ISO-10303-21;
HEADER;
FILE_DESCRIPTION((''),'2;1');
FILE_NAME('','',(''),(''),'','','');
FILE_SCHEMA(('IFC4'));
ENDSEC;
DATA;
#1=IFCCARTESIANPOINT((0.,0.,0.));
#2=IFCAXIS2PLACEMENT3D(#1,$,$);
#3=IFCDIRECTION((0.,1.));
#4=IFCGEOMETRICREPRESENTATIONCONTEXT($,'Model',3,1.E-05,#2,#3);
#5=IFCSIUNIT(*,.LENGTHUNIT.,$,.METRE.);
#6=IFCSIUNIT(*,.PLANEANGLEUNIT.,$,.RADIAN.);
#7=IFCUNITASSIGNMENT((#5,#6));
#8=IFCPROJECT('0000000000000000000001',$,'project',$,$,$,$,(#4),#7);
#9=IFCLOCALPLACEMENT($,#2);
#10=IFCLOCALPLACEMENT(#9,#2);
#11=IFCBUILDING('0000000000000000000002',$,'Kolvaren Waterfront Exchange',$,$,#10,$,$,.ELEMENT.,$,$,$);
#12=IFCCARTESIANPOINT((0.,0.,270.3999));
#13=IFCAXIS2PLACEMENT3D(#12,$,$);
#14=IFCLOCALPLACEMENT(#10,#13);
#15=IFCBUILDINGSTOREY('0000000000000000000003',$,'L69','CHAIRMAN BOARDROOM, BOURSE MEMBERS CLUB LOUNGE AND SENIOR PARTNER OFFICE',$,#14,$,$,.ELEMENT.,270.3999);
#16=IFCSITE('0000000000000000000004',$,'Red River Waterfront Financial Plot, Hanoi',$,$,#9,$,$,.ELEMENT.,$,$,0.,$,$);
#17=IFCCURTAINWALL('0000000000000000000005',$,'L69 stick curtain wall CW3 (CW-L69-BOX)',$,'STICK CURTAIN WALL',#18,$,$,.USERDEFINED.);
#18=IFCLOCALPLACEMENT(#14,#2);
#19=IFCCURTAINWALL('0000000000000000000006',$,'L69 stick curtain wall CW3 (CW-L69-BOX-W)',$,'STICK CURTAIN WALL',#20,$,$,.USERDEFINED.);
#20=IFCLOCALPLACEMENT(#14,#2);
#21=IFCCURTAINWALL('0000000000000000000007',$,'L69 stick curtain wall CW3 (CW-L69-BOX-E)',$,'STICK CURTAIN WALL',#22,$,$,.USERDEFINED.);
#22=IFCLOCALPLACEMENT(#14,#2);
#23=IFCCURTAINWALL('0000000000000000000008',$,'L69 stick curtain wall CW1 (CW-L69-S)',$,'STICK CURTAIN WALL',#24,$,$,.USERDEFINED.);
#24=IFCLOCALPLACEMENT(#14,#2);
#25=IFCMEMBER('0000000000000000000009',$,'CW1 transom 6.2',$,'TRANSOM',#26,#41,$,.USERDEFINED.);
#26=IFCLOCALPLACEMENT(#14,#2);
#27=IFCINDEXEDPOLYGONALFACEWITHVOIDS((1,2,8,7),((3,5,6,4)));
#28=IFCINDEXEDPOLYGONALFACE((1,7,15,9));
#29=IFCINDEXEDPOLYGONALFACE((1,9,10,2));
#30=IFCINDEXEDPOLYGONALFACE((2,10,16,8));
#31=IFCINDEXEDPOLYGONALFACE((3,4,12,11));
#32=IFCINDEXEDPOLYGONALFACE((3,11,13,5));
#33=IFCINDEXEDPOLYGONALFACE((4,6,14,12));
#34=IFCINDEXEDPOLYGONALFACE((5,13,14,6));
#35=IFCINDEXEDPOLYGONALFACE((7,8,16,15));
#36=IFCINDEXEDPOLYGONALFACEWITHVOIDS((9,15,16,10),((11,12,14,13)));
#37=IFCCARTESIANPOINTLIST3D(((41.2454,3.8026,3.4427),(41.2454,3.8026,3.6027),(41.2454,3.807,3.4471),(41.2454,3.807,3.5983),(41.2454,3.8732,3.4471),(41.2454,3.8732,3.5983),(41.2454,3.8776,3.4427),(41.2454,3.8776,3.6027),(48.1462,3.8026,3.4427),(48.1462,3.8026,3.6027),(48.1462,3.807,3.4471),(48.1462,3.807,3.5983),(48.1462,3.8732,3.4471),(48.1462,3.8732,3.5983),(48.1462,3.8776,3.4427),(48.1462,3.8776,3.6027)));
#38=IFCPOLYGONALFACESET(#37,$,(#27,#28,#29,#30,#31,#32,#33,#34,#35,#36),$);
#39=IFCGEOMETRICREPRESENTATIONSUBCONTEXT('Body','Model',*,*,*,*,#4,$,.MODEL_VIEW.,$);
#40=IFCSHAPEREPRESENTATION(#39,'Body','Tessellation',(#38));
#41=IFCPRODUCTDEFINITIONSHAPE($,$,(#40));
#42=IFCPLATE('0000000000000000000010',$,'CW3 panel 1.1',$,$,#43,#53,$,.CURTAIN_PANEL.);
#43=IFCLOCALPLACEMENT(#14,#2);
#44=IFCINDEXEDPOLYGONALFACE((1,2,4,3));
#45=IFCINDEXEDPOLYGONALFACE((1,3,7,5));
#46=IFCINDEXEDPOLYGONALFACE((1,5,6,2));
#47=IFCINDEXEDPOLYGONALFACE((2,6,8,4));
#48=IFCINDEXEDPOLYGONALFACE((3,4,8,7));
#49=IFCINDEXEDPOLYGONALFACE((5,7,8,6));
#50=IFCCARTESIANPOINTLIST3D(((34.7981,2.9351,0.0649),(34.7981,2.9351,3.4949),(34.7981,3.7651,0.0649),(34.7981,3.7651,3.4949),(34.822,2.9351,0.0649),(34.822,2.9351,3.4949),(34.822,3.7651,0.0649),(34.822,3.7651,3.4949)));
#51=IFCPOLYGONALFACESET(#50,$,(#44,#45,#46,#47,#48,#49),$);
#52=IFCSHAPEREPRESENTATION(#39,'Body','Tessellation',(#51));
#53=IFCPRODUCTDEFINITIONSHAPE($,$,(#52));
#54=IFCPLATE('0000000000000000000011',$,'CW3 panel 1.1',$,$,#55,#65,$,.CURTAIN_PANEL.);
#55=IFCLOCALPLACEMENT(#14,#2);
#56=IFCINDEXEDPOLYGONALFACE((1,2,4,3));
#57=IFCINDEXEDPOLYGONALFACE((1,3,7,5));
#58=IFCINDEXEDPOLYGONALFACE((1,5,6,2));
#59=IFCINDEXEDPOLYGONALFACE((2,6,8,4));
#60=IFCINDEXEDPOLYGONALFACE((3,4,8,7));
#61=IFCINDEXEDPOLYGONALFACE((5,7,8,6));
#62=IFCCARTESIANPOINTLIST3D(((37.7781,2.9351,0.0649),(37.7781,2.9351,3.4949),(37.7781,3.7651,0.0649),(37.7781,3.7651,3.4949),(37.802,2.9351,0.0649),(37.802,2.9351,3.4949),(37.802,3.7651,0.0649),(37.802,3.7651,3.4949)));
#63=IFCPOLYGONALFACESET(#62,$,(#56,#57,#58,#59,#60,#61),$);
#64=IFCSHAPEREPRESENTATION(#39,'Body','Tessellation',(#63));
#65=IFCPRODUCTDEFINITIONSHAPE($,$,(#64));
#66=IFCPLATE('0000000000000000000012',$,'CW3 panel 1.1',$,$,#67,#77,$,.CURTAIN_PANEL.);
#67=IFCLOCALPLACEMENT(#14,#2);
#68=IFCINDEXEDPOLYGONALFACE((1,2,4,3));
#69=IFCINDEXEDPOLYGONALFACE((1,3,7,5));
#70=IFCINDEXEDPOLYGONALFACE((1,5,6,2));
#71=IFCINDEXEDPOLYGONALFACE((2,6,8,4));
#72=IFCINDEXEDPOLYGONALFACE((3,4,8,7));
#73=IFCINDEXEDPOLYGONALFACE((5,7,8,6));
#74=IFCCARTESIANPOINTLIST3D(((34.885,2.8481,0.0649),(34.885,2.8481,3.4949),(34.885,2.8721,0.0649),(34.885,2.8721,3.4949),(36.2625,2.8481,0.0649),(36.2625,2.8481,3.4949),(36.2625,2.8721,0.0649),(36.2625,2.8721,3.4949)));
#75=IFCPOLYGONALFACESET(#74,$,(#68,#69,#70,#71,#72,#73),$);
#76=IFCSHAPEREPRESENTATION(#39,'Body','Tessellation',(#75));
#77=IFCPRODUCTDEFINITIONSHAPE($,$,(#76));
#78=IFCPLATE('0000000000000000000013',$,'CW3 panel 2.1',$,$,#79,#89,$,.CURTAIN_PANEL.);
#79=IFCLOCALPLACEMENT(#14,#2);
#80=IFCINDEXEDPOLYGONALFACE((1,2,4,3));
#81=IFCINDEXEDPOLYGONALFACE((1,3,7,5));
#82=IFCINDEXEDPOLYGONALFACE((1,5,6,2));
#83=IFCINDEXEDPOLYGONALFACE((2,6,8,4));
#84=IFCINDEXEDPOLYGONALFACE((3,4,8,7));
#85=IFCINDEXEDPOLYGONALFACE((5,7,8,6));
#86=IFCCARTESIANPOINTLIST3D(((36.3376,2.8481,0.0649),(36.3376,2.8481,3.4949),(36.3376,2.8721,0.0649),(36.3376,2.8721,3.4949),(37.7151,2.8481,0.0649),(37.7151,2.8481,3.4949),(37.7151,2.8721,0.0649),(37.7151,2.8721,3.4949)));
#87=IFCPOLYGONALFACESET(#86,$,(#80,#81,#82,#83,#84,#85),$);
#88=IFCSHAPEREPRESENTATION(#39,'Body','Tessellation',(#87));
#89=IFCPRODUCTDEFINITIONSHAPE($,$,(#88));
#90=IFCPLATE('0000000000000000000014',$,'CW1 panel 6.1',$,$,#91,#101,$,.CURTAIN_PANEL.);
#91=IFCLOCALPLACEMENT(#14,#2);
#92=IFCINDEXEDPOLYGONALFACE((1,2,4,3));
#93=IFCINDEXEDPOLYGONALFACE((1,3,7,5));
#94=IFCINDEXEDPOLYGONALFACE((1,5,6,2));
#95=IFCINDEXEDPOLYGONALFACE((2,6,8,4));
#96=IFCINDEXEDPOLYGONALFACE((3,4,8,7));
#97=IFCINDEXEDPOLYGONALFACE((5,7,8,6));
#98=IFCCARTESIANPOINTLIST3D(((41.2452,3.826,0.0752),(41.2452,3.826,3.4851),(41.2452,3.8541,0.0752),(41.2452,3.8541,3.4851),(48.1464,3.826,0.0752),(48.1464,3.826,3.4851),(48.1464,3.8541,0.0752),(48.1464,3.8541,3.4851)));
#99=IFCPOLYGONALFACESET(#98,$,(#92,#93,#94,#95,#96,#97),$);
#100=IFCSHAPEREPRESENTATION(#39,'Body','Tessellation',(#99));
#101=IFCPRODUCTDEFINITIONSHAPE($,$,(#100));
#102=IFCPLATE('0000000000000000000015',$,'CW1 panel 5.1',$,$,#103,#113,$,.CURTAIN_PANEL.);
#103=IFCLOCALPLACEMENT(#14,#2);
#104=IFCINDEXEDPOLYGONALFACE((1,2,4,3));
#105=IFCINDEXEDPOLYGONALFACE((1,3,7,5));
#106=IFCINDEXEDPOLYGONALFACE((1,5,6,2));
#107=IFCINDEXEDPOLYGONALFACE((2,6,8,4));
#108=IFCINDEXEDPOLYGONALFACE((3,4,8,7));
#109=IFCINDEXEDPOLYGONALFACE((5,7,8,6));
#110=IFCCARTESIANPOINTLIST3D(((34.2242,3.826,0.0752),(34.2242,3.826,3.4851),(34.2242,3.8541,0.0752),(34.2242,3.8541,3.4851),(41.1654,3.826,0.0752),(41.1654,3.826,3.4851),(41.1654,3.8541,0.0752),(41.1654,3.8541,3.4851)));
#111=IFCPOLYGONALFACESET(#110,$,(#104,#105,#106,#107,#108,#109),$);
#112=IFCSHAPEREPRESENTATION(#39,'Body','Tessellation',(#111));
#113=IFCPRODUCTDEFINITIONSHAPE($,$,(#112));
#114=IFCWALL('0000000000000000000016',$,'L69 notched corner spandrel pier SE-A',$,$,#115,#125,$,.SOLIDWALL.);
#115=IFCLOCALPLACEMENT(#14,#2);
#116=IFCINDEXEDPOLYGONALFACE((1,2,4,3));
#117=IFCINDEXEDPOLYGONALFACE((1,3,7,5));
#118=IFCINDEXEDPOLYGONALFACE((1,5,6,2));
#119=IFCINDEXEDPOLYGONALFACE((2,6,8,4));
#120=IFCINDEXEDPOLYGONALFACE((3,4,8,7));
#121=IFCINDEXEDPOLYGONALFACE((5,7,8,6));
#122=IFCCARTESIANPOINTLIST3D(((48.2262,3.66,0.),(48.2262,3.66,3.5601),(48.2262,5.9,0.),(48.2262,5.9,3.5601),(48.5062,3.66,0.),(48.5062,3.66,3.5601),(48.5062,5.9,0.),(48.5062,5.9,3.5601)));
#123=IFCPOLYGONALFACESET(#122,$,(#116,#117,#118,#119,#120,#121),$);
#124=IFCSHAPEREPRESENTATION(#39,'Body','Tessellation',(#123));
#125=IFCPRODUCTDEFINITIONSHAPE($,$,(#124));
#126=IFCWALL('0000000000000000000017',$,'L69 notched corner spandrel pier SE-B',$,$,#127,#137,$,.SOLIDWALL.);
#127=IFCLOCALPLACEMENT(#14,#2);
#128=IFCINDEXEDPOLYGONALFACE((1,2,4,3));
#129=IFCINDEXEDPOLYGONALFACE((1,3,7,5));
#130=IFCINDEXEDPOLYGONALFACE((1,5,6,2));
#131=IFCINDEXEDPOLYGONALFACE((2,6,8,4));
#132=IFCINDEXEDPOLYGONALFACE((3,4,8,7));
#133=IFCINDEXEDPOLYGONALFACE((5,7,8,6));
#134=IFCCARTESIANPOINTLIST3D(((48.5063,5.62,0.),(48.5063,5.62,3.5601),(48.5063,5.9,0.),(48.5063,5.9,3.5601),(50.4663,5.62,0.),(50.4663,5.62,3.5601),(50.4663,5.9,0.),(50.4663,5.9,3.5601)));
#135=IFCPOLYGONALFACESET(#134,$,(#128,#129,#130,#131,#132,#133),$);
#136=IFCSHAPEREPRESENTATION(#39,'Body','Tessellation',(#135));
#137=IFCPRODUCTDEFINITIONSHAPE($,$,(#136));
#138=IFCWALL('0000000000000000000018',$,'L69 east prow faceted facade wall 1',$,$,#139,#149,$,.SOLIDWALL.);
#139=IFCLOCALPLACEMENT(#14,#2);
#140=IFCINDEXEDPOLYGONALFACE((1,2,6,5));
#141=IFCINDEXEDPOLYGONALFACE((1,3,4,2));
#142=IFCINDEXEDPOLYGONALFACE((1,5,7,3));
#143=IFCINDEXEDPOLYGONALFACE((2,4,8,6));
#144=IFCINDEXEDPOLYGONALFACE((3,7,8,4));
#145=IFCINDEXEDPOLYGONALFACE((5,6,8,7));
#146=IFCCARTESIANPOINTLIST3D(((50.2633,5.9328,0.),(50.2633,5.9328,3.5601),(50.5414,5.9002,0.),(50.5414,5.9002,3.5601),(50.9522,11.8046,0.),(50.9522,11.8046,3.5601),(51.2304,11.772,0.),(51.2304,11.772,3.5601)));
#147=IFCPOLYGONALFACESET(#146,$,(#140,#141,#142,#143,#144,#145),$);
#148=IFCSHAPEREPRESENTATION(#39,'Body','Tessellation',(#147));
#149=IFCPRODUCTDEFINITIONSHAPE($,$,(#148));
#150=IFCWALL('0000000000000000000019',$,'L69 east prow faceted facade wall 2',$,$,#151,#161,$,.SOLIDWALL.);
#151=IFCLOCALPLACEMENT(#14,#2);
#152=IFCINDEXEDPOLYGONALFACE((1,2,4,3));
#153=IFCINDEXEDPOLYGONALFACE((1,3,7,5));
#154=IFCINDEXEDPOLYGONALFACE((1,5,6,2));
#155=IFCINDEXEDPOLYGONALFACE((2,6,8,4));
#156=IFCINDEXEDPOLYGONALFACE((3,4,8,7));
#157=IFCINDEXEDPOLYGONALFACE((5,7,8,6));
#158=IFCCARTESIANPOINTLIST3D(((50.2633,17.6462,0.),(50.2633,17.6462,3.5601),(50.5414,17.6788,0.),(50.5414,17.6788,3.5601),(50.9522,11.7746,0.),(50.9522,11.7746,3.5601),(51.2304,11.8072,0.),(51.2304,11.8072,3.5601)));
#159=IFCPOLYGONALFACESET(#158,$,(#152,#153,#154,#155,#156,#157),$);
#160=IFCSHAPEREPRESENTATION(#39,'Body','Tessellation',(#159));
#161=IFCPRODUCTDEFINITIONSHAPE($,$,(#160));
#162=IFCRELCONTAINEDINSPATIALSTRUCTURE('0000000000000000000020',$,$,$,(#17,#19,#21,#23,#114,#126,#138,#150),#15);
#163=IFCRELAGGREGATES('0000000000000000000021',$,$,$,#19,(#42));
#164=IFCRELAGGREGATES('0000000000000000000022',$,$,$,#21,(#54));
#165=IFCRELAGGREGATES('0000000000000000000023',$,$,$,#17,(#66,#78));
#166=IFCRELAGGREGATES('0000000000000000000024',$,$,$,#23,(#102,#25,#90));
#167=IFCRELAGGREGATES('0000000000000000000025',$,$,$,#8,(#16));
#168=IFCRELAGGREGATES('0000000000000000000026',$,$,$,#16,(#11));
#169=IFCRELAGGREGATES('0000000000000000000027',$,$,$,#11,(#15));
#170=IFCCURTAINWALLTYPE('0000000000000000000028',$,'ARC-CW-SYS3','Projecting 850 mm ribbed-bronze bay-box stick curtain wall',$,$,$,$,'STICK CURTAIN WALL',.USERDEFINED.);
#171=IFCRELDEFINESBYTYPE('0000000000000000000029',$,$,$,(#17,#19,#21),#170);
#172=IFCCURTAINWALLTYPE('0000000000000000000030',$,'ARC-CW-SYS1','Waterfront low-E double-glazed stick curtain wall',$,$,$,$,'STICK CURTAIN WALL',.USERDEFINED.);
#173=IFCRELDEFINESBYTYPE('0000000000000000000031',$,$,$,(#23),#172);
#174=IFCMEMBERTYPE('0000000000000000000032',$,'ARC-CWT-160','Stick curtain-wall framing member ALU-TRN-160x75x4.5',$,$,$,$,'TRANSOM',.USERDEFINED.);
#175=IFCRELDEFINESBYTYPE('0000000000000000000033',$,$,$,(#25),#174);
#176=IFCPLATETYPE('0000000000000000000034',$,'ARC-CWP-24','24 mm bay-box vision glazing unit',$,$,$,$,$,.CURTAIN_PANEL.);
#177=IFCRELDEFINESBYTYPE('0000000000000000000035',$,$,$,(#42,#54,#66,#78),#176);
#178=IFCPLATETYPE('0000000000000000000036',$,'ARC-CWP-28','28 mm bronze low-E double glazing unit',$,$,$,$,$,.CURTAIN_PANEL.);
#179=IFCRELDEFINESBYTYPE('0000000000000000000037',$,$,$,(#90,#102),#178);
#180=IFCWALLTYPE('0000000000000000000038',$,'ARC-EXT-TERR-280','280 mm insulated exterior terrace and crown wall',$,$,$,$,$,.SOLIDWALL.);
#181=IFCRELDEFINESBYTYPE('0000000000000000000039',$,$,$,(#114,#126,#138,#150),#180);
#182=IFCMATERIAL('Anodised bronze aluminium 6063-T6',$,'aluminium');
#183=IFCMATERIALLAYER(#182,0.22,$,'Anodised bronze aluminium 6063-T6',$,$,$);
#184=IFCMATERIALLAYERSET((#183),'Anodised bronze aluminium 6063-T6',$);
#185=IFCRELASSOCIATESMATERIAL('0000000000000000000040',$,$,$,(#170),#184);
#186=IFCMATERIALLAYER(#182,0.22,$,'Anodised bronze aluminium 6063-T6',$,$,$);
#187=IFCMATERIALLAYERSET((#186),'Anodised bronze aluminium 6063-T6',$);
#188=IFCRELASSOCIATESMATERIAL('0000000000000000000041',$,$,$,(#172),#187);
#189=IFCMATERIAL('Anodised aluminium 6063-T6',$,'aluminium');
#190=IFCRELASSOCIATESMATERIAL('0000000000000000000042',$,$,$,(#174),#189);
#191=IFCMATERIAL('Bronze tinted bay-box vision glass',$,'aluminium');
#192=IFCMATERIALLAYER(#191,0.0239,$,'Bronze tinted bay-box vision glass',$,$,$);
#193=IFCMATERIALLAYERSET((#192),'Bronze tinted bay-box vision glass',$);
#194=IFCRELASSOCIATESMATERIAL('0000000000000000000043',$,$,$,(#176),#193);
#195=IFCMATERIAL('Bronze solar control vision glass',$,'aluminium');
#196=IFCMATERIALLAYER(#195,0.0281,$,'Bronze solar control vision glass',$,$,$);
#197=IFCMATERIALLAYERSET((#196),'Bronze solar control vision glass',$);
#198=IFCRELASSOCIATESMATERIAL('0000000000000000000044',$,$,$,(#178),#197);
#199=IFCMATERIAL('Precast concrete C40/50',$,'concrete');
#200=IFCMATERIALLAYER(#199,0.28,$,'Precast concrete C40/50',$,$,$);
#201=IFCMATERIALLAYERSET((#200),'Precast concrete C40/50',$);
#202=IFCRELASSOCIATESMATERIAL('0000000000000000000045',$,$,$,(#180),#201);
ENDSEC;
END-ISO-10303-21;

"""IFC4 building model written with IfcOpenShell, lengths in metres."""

from ifc_helpers import new_model, si_unit, direction, frame, frame_2d, origin, origin_with_axes, origin_2d, place, context, subcontext, project, spatial, rectangle, hollow_rectangle, extrude, source, transform, mapped, material, layer, layer_set, material_profile, profile_set, type_object, element, aggregate, save


model = new_model("IFC4")

# Units and contexts
model_context = context("Model", 3, precision=1e-05, world=origin(), true_north=direction((0.0, 1.0)))
body_context = subcontext(model_context, "Body", "Model", "MODEL_VIEW")
ifc_project = project(units=[si_unit("LENGTHUNIT", "METRE"), si_unit("PLANEANGLEUNIT", "RADIAN")], contexts=[model_context])

# Site, building, storey
site_placement = place(None, origin())
site = spatial("IfcSite", under=ifc_project, at=site_placement, Name="Red River Waterfront Financial Plot, Hanoi", CompositionType="ELEMENT", RefElevation=0.0)
building_placement = place(site_placement, origin())
building = spatial("IfcBuilding", under=site, at=building_placement, Name="Kolvaren Waterfront Exchange", CompositionType="ELEMENT")
storey_placement = place(building_placement, frame((0.0, 0.0, 270.3999)))
storey = spatial("IfcBuildingStorey", under=building, at=storey_placement, Name="L69", Description="CHAIRMAN BOARDROOM, BOURSE MEMBERS CLUB LOUNGE AND SENIOR PARTNER OFFICE", CompositionType="ELEMENT", Elevation=270.3999)

# Curtain walls
ifc_material_1 = material(Name="Anodised bronze aluminium 6063-T6", Category="aluminium")
ifc_layer_1 = layer(ifc_material_1, 0.22, Name="Anodised bronze aluminium 6063-T6")
ifc_layer_set_1 = layer_set([ifc_layer_1], Name="Anodised bronze aluminium 6063-T6")
curtain_wall_type_1 = type_object("IfcCurtainWallType", Name="ARC-CW-SYS3", Description="Projecting 850 mm ribbed-bronze bay-box stick curtain wall", ElementType="STICK CURTAIN WALL", PredefinedType="USERDEFINED", material=ifc_layer_set_1)
curtain_wall_1_placement = place(storey_placement, origin())
curtain_wall_1 = element("IfcCurtainWall", 1, at=curtain_wall_1_placement, inside=storey, type_object=curtain_wall_type_1, Name="L69 stick curtain wall CW3 (CW-L69-BOX)", ObjectType="STICK CURTAIN WALL", PredefinedType="USERDEFINED")
curtain_wall_2_placement = place(storey_placement, origin())
curtain_wall_2 = element("IfcCurtainWall", 2, at=curtain_wall_2_placement, inside=storey, type_object=curtain_wall_type_1, Name="L69 stick curtain wall CW3 (CW-L69-BOX-W)", ObjectType="STICK CURTAIN WALL", PredefinedType="USERDEFINED")
curtain_wall_3_placement = place(storey_placement, origin())
curtain_wall_3 = element("IfcCurtainWall", 3, at=curtain_wall_3_placement, inside=storey, type_object=curtain_wall_type_1, Name="L69 stick curtain wall CW3 (CW-L69-BOX-E)", ObjectType="STICK CURTAIN WALL", PredefinedType="USERDEFINED")

# Curtain wall, member
ifc_layer_2 = layer(ifc_material_1, 0.22, Name="Anodised bronze aluminium 6063-T6")
ifc_layer_set_2 = layer_set([ifc_layer_2], Name="Anodised bronze aluminium 6063-T6")
curtain_wall_type_2 = type_object("IfcCurtainWallType", Name="ARC-CW-SYS1", Description="Waterfront low-E double-glazed stick curtain wall", ElementType="STICK CURTAIN WALL", PredefinedType="USERDEFINED", material=ifc_layer_set_2)
curtain_wall_4_placement = place(storey_placement, origin())
curtain_wall_4 = element("IfcCurtainWall", 4, at=curtain_wall_4_placement, inside=storey, type_object=curtain_wall_type_2, Name="L69 stick curtain wall CW1 (CW-L69-S)", ObjectType="STICK CURTAIN WALL", PredefinedType="USERDEFINED")
ifc_material_2 = material(Name="Anodised aluminium 6063-T6", Category="aluminium")
ifc_material_profile_1 = material_profile(ifc_material_2, hollow_rectangle(XDim=0.075, YDim=0.1599, WallThickness=0.0044, at=origin_2d()), Name="ALU-TRN-160x75x4.5")
ifc_profile_set_1 = profile_set([ifc_material_profile_1], Name="Anodised aluminium 6063-T6")
member_type_1 = type_object("IfcMemberType", Name="ARC-CWT-160", Description="Stick curtain-wall framing member ALU-TRN-160x75x4.5", ElementType="TRANSOM", PredefinedType="USERDEFINED", material=ifc_profile_set_1)
shared_shape_1 = source(origin_with_axes(), body_context, "Body", "SweptSolid", [
    extrude(hollow_rectangle(XDim=0.075, YDim=0.1599, WallThickness=0.0044, at=origin_2d()), origin(), (0.0, 0.0, 1.0), 6.9009),
])
member_1_placement = place(storey_placement, frame((41.2454, 3.8401, 3.5227), z_axis=(1.0, 0.0, 0.0), x_axis=(0.0, 1.0, 0.0)))
member_1 = element("IfcMember", 5, at=member_1_placement, type_object=member_type_1, Name="CW1 transom 6.2", ObjectType="TRANSOM", PredefinedType="USERDEFINED", context=body_context, shape_type="MappedRepresentation", body=[
    mapped(shared_shape_1, transform((0.0, 0.0, 0.0), x_axis=(1.0, 0.0, 0.0), y_axis=(0.0, 1.0, 0.0), z_axis=(0.0, 0.0, 1.0), scale=1.0)),
])

# Plates
ifc_material_3 = material(Name="Bronze tinted bay-box vision glass", Category="aluminium")
ifc_layer_3 = layer(ifc_material_3, 0.0239, Name="Bronze tinted bay-box vision glass")
ifc_layer_set_3 = layer_set([ifc_layer_3], Name="Bronze tinted bay-box vision glass")
plate_type_1 = type_object("IfcPlateType", Name="ARC-CWP-24", Description="24 mm bay-box vision glazing unit", PredefinedType="CURTAIN_PANEL", material=ifc_layer_set_3)
shared_shape_2 = source(origin_with_axes(), body_context, "Body", "SweptSolid", [
    extrude(rectangle(XDim=0.8301, YDim=0.0239, at=origin_2d()), origin(), (0.0, 0.0, 1.0), 3.4299),
])
plate_1_placement = place(storey_placement, frame((34.8101, 3.3501, 0.0649), z_axis=(0.0, 0.0, 1.0), x_axis=(0.0, -1.0, 0.0)))
plate_1 = element("IfcPlate", 6, at=plate_1_placement, type_object=plate_type_1, Name="CW3 panel 1.1", PredefinedType="CURTAIN_PANEL", context=body_context, shape_type="MappedRepresentation", body=[
    mapped(shared_shape_2, transform((0.0, 0.0, 0.0), x_axis=(1.0, 0.0, 0.0), y_axis=(0.0, 1.0, 0.0), z_axis=(0.0, 0.0, 1.0), scale=1.0)),
])
aggregate(curtain_wall_2, [plate_1])
plate_2_placement = place(storey_placement, frame((37.79, 3.3501, 0.0649), z_axis=(0.0, 0.0, 1.0), x_axis=(0.0, 1.0, 0.0)))
plate_2 = element("IfcPlate", 7, at=plate_2_placement, type_object=plate_type_1, Name="CW3 panel 1.1", PredefinedType="CURTAIN_PANEL", context=body_context, shape_type="MappedRepresentation", body=[
    mapped(shared_shape_2, transform((0.0, 0.0, 0.0), x_axis=(1.0, 0.0, 0.0), y_axis=(0.0, 1.0, 0.0), z_axis=(0.0, 0.0, 1.0), scale=1.0)),
])
aggregate(curtain_wall_3, [plate_2])
shared_shape_3 = source(origin_with_axes(), body_context, "Body", "SweptSolid", [
    extrude(rectangle(XDim=1.3774, YDim=0.0239, at=origin_2d()), origin(), (0.0, 0.0, 1.0), 3.4299),
])
plate_3_placement = place(storey_placement, frame((35.5737, 2.8601, 0.0649), z_axis=(0.0, 0.0, 1.0), x_axis=(1.0, 0.0, 0.0)))
plate_3 = element("IfcPlate", 8, at=plate_3_placement, type_object=plate_type_1, Name="CW3 panel 1.1", PredefinedType="CURTAIN_PANEL", context=body_context, shape_type="MappedRepresentation", body=[
    mapped(shared_shape_3, transform((0.0, 0.0, 0.0), x_axis=(1.0, 0.0, 0.0), y_axis=(0.0, 1.0, 0.0), z_axis=(0.0, 0.0, 1.0), scale=1.0)),
])
plate_4_placement = place(storey_placement, frame((37.0264, 2.8601, 0.0649), z_axis=(0.0, 0.0, 1.0), x_axis=(1.0, 0.0, 0.0)))
plate_4 = element("IfcPlate", 9, at=plate_4_placement, type_object=plate_type_1, Name="CW3 panel 2.1", PredefinedType="CURTAIN_PANEL", context=body_context, shape_type="MappedRepresentation", body=[
    mapped(shared_shape_3, transform((0.0, 0.0, 0.0), x_axis=(1.0, 0.0, 0.0), y_axis=(0.0, 1.0, 0.0), z_axis=(0.0, 0.0, 1.0), scale=1.0)),
])
aggregate(curtain_wall_1, [plate_3, plate_4])
ifc_material_4 = material(Name="Bronze solar control vision glass", Category="aluminium")
ifc_layer_4 = layer(ifc_material_4, 0.0281, Name="Bronze solar control vision glass")
ifc_layer_set_4 = layer_set([ifc_layer_4], Name="Bronze solar control vision glass")
plate_type_2 = type_object("IfcPlateType", Name="ARC-CWP-28", Description="28 mm bronze low-E double glazing unit", PredefinedType="CURTAIN_PANEL", material=ifc_layer_set_4)
shared_shape_4 = source(origin_with_axes(), body_context, "Body", "SweptSolid", [
    extrude(rectangle(XDim=6.9011, YDim=0.0281, at=origin_2d()), origin(), (0.0, 0.0, 1.0), 3.4099),
])
plate_5_placement = place(storey_placement, frame((44.6958, 3.8401, 0.0752), z_axis=(0.0, 0.0, 1.0), x_axis=(1.0, 0.0, 0.0)))
plate_5 = element("IfcPlate", 10, at=plate_5_placement, type_object=plate_type_2, Name="CW1 panel 6.1", PredefinedType="CURTAIN_PANEL", context=body_context, shape_type="MappedRepresentation", body=[
    mapped(shared_shape_4, transform((0.0, 0.0, 0.0), x_axis=(1.0, 0.0, 0.0), y_axis=(0.0, 1.0, 0.0), z_axis=(0.0, 0.0, 1.0), scale=1.0)),
])
shared_shape_5 = source(origin_with_axes(), body_context, "Body", "SweptSolid", [
    extrude(rectangle(XDim=6.9412, YDim=0.0281, at=origin_2d()), origin(), (0.0, 0.0, 1.0), 3.4099),
])
plate_6_placement = place(storey_placement, frame((37.6948, 3.8401, 0.0752), z_axis=(0.0, 0.0, 1.0), x_axis=(1.0, 0.0, 0.0)))
plate_6 = element("IfcPlate", 11, at=plate_6_placement, type_object=plate_type_2, Name="CW1 panel 5.1", PredefinedType="CURTAIN_PANEL", context=body_context, shape_type="MappedRepresentation", body=[
    mapped(shared_shape_5, transform((0.0, 0.0, 0.0), x_axis=(1.0, 0.0, 0.0), y_axis=(0.0, 1.0, 0.0), z_axis=(0.0, 0.0, 1.0), scale=1.0)),
])
aggregate(curtain_wall_4, [plate_6, member_1, plate_5])

# Walls
ifc_material_5 = material(Name="Precast concrete C40/50", Category="concrete")
ifc_layer_5 = layer(ifc_material_5, 0.28, Name="Precast concrete C40/50")
ifc_layer_set_5 = layer_set([ifc_layer_5], Name="Precast concrete C40/50")
wall_type_1 = type_object("IfcWallType", Name="ARC-EXT-TERR-280", Description="280 mm insulated exterior terrace and crown wall", PredefinedType="SOLIDWALL", material=ifc_layer_set_5)
wall_1_placement = place(storey_placement, frame((48.3662, 3.6599, 0.0), z_axis=(0.0, 0.0, 1.0), x_axis=(0.0, 1.0, 0.0)))
element("IfcWall", 12, at=wall_1_placement, inside=storey, type_object=wall_type_1, Name="L69 notched corner spandrel pier SE-A", PredefinedType="SOLIDWALL", context=body_context, shape_type="SweptSolid", body=[
    extrude(rectangle(XDim=2.24, YDim=0.28, at=frame_2d((1.1201, 0.0))), origin(), (0.0, 0.0, 1.0), 3.5601),
])
wall_2_placement = place(storey_placement, frame((48.5063, 5.76, 0.0), z_axis=(0.0, 0.0, 1.0), x_axis=(1.0, 0.0, 0.0)))
element("IfcWall", 13, at=wall_2_placement, inside=storey, type_object=wall_type_1, Name="L69 notched corner spandrel pier SE-B", PredefinedType="SOLIDWALL", context=body_context, shape_type="SweptSolid", body=[
    extrude(rectangle(XDim=1.96, YDim=0.28, at=frame_2d((0.98, 0.0))), origin(), (0.0, 0.0, 1.0), 3.5601),
])
wall_3_placement = place(storey_placement, frame((50.4023, 5.9165, 0.0), z_axis=(0.0, 0.0, 1.0), x_axis=(0.116535, 0.993187, 0.0)))
element("IfcWall", 14, at=wall_3_placement, inside=storey, type_object=wall_type_1, Name="L69 east prow faceted facade wall 1", PredefinedType="SOLIDWALL", context=body_context, shape_type="SweptSolid", body=[
    extrude(rectangle(XDim=5.9121, YDim=0.28, at=frame_2d((2.9561, 0.0))), origin(), (0.0, 0.0, 1.0), 3.5601),
])
wall_4_placement = place(storey_placement, frame((51.0913, 11.7908, 0.0), z_axis=(0.0, 0.0, 1.0), x_axis=(-0.116539, 0.993186, 0.0)))
element("IfcWall", 15, at=wall_4_placement, inside=storey, type_object=wall_type_1, Name="L69 east prow faceted facade wall 2", PredefinedType="SOLIDWALL", context=body_context, shape_type="SweptSolid", body=[
    extrude(rectangle(XDim=5.9119, YDim=0.28, at=frame_2d((2.9561, 0.0))), origin(), (0.0, 0.0, 1.0), 3.5601),
])

save(model, "model.ifc")
